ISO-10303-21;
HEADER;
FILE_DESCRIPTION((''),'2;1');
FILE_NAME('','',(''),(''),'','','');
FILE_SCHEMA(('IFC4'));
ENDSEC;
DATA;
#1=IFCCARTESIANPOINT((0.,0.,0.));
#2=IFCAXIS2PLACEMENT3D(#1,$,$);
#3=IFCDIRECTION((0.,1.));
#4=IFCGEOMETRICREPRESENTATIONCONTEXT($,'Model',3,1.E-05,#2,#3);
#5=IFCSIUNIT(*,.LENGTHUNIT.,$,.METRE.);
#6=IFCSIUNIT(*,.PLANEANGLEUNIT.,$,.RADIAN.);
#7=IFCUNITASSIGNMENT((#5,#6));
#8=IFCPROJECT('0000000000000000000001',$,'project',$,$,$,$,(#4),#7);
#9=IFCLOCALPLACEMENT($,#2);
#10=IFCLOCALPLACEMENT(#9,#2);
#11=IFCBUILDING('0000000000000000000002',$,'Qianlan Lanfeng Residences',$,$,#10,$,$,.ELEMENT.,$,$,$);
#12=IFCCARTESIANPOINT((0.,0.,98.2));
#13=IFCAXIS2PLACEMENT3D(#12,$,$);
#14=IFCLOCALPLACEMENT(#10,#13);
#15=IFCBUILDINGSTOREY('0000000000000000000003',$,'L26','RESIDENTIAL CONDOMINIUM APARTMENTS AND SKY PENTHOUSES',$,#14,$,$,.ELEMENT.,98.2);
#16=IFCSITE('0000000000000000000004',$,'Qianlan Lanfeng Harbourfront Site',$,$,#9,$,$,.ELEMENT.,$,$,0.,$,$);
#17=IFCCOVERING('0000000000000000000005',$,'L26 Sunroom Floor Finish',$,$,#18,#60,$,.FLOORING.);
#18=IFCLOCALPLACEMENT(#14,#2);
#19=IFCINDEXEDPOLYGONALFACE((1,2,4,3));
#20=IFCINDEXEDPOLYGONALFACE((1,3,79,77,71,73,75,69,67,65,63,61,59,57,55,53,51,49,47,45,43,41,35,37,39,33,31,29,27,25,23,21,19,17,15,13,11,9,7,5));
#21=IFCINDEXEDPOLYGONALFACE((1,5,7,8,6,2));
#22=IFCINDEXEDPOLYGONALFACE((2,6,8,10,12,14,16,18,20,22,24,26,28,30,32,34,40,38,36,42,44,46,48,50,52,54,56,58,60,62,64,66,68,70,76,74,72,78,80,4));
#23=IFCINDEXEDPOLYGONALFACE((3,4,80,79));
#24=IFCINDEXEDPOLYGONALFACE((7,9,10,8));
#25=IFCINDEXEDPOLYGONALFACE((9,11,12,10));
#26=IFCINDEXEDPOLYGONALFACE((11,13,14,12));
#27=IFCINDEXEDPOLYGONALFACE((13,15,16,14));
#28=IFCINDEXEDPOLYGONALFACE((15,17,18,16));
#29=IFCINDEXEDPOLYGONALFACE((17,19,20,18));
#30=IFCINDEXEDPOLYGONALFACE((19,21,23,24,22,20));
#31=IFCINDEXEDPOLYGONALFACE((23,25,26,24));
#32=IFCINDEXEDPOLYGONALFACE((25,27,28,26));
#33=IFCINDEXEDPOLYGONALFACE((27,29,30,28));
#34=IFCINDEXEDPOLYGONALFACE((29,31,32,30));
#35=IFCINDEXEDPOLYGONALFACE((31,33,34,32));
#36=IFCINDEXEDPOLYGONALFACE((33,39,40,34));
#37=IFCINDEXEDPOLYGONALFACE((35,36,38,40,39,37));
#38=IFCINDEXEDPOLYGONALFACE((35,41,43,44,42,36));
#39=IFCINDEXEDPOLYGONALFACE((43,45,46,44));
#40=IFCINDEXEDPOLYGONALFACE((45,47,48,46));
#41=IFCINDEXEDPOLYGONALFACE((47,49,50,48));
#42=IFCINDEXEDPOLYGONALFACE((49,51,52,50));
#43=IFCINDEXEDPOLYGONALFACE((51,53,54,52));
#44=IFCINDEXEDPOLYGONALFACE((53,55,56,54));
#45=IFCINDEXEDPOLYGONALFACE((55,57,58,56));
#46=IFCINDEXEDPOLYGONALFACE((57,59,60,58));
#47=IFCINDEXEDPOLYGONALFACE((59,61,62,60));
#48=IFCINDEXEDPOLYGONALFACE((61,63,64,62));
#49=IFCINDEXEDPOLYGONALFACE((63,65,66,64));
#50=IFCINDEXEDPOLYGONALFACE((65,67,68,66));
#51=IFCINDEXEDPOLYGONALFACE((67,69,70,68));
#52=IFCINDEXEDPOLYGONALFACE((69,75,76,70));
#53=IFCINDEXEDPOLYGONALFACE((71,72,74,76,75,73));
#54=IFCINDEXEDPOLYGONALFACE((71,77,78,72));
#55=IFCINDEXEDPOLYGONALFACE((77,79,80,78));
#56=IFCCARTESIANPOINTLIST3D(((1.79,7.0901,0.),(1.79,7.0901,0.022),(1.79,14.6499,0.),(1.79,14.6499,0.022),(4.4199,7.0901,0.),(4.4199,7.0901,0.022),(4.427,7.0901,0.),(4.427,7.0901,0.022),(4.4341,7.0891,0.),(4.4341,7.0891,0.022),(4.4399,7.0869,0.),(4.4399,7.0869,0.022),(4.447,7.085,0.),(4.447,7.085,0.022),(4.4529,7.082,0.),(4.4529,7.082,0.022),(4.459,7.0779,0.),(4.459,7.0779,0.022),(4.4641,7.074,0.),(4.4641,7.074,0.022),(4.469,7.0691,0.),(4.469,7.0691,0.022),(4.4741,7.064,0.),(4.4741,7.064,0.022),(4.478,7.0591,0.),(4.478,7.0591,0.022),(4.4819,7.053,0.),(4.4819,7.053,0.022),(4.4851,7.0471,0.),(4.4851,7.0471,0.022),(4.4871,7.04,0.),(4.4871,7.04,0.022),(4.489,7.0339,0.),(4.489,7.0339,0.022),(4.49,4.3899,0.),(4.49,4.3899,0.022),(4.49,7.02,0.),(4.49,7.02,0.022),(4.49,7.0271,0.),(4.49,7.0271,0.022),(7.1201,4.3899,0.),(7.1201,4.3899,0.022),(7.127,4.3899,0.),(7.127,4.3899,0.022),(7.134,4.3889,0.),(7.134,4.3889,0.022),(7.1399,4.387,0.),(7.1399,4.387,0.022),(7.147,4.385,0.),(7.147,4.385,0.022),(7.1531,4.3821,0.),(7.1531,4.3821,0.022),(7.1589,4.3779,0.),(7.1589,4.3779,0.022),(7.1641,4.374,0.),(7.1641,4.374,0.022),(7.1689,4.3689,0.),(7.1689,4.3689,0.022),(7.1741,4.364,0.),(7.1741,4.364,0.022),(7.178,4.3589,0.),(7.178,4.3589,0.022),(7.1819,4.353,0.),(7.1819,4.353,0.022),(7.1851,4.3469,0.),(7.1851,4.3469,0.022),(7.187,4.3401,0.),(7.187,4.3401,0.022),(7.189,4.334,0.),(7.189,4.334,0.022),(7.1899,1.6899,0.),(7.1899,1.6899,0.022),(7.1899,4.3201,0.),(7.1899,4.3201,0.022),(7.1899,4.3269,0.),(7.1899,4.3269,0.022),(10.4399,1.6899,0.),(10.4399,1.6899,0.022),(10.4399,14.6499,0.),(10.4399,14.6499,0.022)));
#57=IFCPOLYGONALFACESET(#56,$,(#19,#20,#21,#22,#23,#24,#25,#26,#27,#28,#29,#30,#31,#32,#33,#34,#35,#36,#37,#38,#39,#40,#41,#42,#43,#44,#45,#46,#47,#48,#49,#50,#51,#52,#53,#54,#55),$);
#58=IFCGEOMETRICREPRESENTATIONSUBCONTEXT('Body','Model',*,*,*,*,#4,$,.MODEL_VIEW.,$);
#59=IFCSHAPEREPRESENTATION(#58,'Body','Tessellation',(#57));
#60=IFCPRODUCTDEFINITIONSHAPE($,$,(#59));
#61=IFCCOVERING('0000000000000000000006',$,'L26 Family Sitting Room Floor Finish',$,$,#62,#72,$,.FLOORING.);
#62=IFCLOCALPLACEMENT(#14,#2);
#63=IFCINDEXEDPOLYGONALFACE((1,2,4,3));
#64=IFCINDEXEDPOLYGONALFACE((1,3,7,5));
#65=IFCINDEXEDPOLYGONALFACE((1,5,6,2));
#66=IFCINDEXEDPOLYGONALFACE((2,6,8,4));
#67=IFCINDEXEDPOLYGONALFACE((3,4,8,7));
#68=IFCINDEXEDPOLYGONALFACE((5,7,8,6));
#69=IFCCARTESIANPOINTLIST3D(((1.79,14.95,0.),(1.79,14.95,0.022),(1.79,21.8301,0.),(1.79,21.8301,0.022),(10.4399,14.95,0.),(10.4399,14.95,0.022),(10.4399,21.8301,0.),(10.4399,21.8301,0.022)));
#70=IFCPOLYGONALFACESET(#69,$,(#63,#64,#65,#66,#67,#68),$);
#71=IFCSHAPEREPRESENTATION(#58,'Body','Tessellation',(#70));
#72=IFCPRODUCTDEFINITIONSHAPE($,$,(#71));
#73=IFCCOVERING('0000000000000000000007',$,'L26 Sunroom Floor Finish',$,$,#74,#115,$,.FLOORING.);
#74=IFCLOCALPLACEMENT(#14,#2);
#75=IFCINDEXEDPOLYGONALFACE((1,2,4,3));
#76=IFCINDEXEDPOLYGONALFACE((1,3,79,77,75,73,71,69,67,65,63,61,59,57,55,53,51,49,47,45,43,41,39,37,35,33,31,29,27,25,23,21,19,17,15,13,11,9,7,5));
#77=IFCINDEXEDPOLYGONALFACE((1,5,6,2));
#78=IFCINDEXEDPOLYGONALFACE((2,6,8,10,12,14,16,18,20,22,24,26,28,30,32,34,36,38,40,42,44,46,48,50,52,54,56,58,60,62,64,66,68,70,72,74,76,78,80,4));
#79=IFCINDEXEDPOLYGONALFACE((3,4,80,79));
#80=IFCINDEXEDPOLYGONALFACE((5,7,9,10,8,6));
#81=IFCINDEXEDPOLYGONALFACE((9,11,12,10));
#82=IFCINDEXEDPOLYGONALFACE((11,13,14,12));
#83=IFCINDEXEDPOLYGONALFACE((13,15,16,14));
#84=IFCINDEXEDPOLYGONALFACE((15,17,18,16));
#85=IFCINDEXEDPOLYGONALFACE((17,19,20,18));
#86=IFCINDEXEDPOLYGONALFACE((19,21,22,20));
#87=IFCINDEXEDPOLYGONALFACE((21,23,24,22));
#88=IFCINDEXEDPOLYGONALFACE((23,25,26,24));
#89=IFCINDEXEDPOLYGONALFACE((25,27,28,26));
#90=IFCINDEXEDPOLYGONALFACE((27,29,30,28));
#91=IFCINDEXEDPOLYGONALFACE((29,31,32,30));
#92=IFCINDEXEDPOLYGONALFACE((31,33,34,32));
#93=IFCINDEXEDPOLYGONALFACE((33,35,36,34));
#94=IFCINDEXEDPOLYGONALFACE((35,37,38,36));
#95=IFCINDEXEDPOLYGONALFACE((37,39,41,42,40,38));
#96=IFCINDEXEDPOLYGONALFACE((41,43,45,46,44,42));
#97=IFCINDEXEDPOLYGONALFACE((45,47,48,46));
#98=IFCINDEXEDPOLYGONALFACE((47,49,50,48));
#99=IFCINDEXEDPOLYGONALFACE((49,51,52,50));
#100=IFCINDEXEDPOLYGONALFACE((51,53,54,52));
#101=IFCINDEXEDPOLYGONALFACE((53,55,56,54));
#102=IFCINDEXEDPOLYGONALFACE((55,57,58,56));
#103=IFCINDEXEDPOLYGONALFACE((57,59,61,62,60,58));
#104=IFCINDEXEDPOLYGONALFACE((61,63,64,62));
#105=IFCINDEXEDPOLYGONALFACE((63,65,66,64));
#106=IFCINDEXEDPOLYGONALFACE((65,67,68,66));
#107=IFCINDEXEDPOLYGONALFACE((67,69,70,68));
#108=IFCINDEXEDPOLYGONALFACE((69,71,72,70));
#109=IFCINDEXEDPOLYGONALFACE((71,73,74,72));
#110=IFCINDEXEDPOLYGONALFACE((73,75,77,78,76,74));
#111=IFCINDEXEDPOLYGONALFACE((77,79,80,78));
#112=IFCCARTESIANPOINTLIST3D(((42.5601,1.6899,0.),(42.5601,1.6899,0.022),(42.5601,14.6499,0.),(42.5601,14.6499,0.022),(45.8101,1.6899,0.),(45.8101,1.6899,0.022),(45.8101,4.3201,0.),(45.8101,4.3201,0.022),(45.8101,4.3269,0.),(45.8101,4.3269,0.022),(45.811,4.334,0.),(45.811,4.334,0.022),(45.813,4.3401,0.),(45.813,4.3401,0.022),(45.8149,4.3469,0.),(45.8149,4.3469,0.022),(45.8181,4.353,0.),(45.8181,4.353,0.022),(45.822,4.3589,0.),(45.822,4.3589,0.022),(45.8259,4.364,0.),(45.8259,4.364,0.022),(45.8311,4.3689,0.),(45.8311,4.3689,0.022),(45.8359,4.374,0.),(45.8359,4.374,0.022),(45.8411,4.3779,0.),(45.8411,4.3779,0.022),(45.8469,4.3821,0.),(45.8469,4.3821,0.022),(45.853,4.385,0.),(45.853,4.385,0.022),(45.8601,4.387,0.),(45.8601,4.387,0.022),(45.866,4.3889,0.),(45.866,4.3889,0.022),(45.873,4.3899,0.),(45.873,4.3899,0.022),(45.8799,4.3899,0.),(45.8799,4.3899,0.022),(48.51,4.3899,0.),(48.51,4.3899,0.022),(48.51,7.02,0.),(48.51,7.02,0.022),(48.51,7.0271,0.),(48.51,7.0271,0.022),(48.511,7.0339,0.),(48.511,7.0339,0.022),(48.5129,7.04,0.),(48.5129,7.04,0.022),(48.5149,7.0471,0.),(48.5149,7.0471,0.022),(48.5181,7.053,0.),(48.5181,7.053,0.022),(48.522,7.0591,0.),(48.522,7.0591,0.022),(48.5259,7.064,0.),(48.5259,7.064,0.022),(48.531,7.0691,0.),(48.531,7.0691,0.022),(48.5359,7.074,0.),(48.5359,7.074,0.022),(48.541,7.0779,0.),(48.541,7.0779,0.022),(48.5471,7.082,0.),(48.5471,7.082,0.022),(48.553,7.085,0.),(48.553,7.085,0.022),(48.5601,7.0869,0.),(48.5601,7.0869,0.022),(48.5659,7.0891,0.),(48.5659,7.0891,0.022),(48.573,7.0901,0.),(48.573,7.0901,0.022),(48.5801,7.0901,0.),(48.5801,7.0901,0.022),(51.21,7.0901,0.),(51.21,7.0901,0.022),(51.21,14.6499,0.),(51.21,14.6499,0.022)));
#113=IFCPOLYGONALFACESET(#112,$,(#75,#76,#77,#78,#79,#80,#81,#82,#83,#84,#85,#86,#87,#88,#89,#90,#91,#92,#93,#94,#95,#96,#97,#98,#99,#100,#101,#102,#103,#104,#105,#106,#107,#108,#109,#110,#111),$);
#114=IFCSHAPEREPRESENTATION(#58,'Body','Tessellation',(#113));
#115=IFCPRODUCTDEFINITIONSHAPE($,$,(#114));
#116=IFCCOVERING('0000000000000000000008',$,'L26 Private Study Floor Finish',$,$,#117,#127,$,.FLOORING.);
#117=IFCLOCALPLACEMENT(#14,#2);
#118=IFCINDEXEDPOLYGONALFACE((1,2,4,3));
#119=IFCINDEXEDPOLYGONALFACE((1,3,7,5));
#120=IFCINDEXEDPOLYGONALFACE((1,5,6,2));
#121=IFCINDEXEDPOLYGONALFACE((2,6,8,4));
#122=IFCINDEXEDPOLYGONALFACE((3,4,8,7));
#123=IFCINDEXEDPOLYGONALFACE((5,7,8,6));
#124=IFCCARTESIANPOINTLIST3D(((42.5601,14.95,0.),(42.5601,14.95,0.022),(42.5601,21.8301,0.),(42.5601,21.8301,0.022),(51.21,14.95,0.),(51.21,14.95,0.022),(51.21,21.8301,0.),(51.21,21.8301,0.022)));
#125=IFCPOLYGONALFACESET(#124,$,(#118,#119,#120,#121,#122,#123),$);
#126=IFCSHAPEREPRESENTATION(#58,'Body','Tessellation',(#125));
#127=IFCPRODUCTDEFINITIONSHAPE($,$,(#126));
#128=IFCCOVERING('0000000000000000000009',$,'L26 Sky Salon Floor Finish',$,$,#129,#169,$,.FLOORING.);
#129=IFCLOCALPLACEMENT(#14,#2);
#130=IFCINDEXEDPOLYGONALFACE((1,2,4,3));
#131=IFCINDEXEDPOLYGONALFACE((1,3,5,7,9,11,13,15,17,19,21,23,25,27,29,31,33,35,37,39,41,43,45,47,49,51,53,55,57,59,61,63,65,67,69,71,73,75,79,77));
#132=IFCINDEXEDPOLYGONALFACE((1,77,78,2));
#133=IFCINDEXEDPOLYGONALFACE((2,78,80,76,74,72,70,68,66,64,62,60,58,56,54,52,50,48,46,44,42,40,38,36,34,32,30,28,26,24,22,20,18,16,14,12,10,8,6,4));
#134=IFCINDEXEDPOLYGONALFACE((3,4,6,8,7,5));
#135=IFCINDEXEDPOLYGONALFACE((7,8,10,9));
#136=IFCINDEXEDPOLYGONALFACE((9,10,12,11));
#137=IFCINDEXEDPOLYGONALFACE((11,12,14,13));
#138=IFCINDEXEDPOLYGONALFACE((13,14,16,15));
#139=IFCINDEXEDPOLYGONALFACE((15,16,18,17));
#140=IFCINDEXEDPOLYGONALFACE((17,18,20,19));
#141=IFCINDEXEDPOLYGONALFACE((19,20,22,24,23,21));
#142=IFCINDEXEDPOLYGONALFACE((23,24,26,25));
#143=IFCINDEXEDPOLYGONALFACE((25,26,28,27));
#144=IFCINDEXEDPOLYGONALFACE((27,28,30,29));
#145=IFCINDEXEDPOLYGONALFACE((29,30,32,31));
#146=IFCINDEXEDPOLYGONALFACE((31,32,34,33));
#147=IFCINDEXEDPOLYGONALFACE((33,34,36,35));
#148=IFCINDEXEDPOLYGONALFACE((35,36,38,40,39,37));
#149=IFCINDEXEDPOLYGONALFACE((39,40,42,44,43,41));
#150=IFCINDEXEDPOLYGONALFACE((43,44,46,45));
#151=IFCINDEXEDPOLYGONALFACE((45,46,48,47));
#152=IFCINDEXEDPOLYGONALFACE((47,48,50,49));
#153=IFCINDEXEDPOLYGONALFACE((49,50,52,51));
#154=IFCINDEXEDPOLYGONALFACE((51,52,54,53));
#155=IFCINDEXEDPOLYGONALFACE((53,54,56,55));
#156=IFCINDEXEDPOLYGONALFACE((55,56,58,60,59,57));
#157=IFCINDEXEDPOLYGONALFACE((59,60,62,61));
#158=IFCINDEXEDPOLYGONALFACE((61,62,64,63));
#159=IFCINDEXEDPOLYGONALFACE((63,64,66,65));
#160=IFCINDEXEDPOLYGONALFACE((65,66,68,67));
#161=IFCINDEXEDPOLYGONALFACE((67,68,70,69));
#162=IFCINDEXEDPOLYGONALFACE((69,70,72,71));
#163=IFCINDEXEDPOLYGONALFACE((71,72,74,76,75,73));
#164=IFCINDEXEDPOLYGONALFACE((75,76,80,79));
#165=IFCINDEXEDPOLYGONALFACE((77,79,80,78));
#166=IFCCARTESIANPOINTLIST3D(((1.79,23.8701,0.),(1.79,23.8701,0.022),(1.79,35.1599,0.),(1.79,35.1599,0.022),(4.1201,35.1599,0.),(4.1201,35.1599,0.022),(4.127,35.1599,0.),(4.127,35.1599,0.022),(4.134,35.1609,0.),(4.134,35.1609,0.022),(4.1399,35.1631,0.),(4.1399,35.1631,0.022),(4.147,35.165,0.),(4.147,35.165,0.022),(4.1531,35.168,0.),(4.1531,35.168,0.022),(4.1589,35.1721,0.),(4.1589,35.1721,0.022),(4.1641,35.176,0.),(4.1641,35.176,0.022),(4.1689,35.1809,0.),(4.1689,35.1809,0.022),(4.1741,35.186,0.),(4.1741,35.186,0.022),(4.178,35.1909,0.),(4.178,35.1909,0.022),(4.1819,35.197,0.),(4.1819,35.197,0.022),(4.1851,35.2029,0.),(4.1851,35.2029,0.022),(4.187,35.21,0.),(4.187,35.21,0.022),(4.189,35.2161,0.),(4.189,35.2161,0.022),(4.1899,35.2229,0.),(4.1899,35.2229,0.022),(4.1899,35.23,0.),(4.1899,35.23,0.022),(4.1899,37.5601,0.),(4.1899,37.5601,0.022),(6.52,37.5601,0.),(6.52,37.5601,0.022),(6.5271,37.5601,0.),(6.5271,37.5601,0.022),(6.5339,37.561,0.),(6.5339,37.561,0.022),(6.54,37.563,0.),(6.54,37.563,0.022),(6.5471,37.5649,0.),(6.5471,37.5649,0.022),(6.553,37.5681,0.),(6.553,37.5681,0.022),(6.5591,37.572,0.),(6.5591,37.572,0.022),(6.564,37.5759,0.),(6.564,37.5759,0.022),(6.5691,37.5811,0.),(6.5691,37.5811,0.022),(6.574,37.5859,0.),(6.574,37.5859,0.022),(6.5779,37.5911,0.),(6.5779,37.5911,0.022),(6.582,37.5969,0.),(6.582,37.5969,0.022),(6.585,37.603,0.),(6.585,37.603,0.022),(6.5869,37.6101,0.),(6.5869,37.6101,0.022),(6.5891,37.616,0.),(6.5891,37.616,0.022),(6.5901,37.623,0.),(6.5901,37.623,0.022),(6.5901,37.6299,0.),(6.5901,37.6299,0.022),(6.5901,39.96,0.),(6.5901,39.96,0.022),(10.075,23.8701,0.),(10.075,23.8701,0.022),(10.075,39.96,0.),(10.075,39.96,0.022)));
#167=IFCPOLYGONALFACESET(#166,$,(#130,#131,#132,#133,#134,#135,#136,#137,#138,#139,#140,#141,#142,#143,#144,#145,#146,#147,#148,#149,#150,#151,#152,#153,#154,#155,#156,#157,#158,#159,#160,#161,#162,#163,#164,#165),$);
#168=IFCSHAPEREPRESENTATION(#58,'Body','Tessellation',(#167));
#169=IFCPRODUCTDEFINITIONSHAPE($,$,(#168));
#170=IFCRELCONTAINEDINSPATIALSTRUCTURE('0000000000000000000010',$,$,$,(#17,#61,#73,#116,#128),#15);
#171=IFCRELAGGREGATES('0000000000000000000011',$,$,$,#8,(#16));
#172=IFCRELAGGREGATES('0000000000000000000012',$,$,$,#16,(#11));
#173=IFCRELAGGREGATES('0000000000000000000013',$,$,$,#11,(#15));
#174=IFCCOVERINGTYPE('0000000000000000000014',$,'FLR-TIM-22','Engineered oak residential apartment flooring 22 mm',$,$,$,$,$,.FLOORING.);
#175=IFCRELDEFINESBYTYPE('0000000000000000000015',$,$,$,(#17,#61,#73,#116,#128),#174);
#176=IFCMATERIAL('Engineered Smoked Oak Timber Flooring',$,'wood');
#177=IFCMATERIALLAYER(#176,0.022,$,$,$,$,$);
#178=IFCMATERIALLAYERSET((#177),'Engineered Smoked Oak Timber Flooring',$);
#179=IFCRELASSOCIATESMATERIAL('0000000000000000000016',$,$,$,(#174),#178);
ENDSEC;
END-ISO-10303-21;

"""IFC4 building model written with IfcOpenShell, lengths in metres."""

from ifc_helpers import new_model, si_unit, direction, frame, origin, place, context, subcontext, project, spatial, polyline, outline, extrude, material, layer, layer_set, type_object, element, save


model = new_model("IFC4")

# Units and contexts
model_context = context("Model", 3, precision=1e-05, world=origin(), true_north=direction((0.0, 1.0)))
body_context = subcontext(model_context, "Body", "Model", "MODEL_VIEW")
ifc_project = project(units=[si_unit("LENGTHUNIT", "METRE"), si_unit("PLANEANGLEUNIT", "RADIAN")], contexts=[model_context])

# Site, building, storey
site_placement = place(None, origin())
site = spatial("IfcSite", under=ifc_project, at=site_placement, Name="Qianlan Lanfeng Harbourfront Site", CompositionType="ELEMENT", RefElevation=0.0)
building_placement = place(site_placement, origin())
building = spatial("IfcBuilding", under=site, at=building_placement, Name="Qianlan Lanfeng Residences", CompositionType="ELEMENT")
storey_placement = place(building_placement, frame((0.0, 0.0, 98.2)))
storey = spatial("IfcBuildingStorey", under=building, at=storey_placement, Name="L26", Description="RESIDENTIAL CONDOMINIUM APARTMENTS AND SKY PENTHOUSES", CompositionType="ELEMENT", Elevation=98.2)

# Coverings
ifc_material_1 = material(Name="Engineered Smoked Oak Timber Flooring", Category="wood")
ifc_layer_1 = layer(ifc_material_1, 0.022)
ifc_layer_set_1 = layer_set([ifc_layer_1], Name="Engineered Smoked Oak Timber Flooring")
covering_type_1 = type_object("IfcCoveringType", Name="FLR-TIM-22", Description="Engineered oak residential apartment flooring 22 mm", PredefinedType="FLOORING", material=ifc_layer_set_1)
covering_1_placement = place(storey_placement, origin())
element("IfcCovering", 1, at=covering_1_placement, inside=storey, type_object=covering_type_1, Name="L26 Sunroom Floor Finish", PredefinedType="FLOORING", context=body_context, shape_type="SweptSolid", body=[
    extrude(outline(polyline([(10.4399, 14.6499), (1.79, 14.6499), (1.79, 7.0901), (4.4199, 7.0901), (4.427, 7.0901), (4.4341, 7.0891), (4.4399, 7.0869), (4.447, 7.085), (4.4529, 7.082), (4.459, 7.0779), (4.4641, 7.074), (4.469, 7.0691), (4.4741, 7.064), (4.478, 7.0591), (4.4819, 7.053), (4.4851, 7.0471), (4.4871, 7.04), (4.489, 7.0339), (4.49, 7.0271), (4.49, 7.02), (4.49, 4.3899), (7.1201, 4.3899), (7.127, 4.3899), (7.134, 4.3889), (7.1399, 4.387), (7.147, 4.385), (7.1531, 4.3821), (7.1589, 4.3779), (7.1641, 4.374), (7.1689, 4.3689), (7.1741, 4.364), (7.178, 4.3589), (7.1819, 4.353), (7.1851, 4.3469), (7.187, 4.3401), (7.189, 4.334), (7.1899, 4.3269), (7.1899, 4.3201), (7.1899, 1.6899), (10.4399, 1.6899), (10.4399, 14.6499)])), origin(), (0.0, 0.0, 1.0), 0.022),
])
covering_2_placement = place(storey_placement, origin())
element("IfcCovering", 2, at=covering_2_placement, inside=storey, type_object=covering_type_1, Name="L26 Family Sitting Room Floor Finish", PredefinedType="FLOORING", context=body_context, shape_type="SweptSolid", body=[
    extrude(outline(polyline([(10.4399, 21.8301), (1.79, 21.8301), (1.79, 14.95), (10.4399, 14.95), (10.4399, 21.8301)])), origin(), (0.0, 0.0, 1.0), 0.022),
])
covering_3_placement = place(storey_placement, origin())
element("IfcCovering", 3, at=covering_3_placement, inside=storey, type_object=covering_type_1, Name="L26 Sunroom Floor Finish", PredefinedType="FLOORING", context=body_context, shape_type="SweptSolid", body=[
    extrude(outline(polyline([(51.21, 14.6499), (42.5601, 14.6499), (42.5601, 1.6899), (45.8101, 1.6899), (45.8101, 4.3201), (45.8101, 4.3269), (45.811, 4.334), (45.813, 4.3401), (45.8149, 4.3469), (45.8181, 4.353), (45.822, 4.3589), (45.8259, 4.364), (45.8311, 4.3689), (45.8359, 4.374), (45.8411, 4.3779), (45.8469, 4.3821), (45.853, 4.385), (45.8601, 4.387), (45.866, 4.3889), (45.873, 4.3899), (45.8799, 4.3899), (48.51, 4.3899), (48.51, 7.02), (48.51, 7.0271), (48.511, 7.0339), (48.5129, 7.04), (48.5149, 7.0471), (48.5181, 7.053), (48.522, 7.0591), (48.5259, 7.064), (48.531, 7.0691), (48.5359, 7.074), (48.541, 7.0779), (48.5471, 7.082), (48.553, 7.085), (48.5601, 7.0869), (48.5659, 7.0891), (48.573, 7.0901), (48.5801, 7.0901), (51.21, 7.0901), (51.21, 14.6499)])), origin(), (0.0, 0.0, 1.0), 0.022),
])
covering_4_placement = place(storey_placement, origin())
element("IfcCovering", 4, at=covering_4_placement, inside=storey, type_object=covering_type_1, Name="L26 Private Study Floor Finish", PredefinedType="FLOORING", context=body_context, shape_type="SweptSolid", body=[
    extrude(outline(polyline([(51.21, 21.8301), (42.5601, 21.8301), (42.5601, 14.95), (51.21, 14.95), (51.21, 21.8301)])), origin(), (0.0, 0.0, 1.0), 0.022),
])
covering_5_placement = place(storey_placement, origin())
element("IfcCovering", 5, at=covering_5_placement, inside=storey, type_object=covering_type_1, Name="L26 Sky Salon Floor Finish", PredefinedType="FLOORING", context=body_context, shape_type="SweptSolid", body=[
    extrude(outline(polyline([(10.075, 23.8701), (10.075, 39.96), (6.5901, 39.96), (6.5901, 37.6299), (6.5901, 37.623), (6.5891, 37.616), (6.5869, 37.6101), (6.585, 37.603), (6.582, 37.5969), (6.5779, 37.5911), (6.574, 37.5859), (6.5691, 37.5811), (6.564, 37.5759), (6.5591, 37.572), (6.553, 37.5681), (6.5471, 37.5649), (6.54, 37.563), (6.5339, 37.561), (6.5271, 37.5601), (6.52, 37.5601), (4.1899, 37.5601), (4.1899, 35.23), (4.1899, 35.2229), (4.189, 35.2161), (4.187, 35.21), (4.1851, 35.2029), (4.1819, 35.197), (4.178, 35.1909), (4.1741, 35.186), (4.1689, 35.1809), (4.1641, 35.176), (4.1589, 35.1721), (4.1531, 35.168), (4.147, 35.165), (4.1399, 35.1631), (4.134, 35.1609), (4.127, 35.1599), (4.1201, 35.1599), (1.79, 35.1599), (1.79, 23.8701), (10.075, 23.8701)])), origin(), (0.0, 0.0, 1.0), 0.022),
])

save(model, "model.ifc")
